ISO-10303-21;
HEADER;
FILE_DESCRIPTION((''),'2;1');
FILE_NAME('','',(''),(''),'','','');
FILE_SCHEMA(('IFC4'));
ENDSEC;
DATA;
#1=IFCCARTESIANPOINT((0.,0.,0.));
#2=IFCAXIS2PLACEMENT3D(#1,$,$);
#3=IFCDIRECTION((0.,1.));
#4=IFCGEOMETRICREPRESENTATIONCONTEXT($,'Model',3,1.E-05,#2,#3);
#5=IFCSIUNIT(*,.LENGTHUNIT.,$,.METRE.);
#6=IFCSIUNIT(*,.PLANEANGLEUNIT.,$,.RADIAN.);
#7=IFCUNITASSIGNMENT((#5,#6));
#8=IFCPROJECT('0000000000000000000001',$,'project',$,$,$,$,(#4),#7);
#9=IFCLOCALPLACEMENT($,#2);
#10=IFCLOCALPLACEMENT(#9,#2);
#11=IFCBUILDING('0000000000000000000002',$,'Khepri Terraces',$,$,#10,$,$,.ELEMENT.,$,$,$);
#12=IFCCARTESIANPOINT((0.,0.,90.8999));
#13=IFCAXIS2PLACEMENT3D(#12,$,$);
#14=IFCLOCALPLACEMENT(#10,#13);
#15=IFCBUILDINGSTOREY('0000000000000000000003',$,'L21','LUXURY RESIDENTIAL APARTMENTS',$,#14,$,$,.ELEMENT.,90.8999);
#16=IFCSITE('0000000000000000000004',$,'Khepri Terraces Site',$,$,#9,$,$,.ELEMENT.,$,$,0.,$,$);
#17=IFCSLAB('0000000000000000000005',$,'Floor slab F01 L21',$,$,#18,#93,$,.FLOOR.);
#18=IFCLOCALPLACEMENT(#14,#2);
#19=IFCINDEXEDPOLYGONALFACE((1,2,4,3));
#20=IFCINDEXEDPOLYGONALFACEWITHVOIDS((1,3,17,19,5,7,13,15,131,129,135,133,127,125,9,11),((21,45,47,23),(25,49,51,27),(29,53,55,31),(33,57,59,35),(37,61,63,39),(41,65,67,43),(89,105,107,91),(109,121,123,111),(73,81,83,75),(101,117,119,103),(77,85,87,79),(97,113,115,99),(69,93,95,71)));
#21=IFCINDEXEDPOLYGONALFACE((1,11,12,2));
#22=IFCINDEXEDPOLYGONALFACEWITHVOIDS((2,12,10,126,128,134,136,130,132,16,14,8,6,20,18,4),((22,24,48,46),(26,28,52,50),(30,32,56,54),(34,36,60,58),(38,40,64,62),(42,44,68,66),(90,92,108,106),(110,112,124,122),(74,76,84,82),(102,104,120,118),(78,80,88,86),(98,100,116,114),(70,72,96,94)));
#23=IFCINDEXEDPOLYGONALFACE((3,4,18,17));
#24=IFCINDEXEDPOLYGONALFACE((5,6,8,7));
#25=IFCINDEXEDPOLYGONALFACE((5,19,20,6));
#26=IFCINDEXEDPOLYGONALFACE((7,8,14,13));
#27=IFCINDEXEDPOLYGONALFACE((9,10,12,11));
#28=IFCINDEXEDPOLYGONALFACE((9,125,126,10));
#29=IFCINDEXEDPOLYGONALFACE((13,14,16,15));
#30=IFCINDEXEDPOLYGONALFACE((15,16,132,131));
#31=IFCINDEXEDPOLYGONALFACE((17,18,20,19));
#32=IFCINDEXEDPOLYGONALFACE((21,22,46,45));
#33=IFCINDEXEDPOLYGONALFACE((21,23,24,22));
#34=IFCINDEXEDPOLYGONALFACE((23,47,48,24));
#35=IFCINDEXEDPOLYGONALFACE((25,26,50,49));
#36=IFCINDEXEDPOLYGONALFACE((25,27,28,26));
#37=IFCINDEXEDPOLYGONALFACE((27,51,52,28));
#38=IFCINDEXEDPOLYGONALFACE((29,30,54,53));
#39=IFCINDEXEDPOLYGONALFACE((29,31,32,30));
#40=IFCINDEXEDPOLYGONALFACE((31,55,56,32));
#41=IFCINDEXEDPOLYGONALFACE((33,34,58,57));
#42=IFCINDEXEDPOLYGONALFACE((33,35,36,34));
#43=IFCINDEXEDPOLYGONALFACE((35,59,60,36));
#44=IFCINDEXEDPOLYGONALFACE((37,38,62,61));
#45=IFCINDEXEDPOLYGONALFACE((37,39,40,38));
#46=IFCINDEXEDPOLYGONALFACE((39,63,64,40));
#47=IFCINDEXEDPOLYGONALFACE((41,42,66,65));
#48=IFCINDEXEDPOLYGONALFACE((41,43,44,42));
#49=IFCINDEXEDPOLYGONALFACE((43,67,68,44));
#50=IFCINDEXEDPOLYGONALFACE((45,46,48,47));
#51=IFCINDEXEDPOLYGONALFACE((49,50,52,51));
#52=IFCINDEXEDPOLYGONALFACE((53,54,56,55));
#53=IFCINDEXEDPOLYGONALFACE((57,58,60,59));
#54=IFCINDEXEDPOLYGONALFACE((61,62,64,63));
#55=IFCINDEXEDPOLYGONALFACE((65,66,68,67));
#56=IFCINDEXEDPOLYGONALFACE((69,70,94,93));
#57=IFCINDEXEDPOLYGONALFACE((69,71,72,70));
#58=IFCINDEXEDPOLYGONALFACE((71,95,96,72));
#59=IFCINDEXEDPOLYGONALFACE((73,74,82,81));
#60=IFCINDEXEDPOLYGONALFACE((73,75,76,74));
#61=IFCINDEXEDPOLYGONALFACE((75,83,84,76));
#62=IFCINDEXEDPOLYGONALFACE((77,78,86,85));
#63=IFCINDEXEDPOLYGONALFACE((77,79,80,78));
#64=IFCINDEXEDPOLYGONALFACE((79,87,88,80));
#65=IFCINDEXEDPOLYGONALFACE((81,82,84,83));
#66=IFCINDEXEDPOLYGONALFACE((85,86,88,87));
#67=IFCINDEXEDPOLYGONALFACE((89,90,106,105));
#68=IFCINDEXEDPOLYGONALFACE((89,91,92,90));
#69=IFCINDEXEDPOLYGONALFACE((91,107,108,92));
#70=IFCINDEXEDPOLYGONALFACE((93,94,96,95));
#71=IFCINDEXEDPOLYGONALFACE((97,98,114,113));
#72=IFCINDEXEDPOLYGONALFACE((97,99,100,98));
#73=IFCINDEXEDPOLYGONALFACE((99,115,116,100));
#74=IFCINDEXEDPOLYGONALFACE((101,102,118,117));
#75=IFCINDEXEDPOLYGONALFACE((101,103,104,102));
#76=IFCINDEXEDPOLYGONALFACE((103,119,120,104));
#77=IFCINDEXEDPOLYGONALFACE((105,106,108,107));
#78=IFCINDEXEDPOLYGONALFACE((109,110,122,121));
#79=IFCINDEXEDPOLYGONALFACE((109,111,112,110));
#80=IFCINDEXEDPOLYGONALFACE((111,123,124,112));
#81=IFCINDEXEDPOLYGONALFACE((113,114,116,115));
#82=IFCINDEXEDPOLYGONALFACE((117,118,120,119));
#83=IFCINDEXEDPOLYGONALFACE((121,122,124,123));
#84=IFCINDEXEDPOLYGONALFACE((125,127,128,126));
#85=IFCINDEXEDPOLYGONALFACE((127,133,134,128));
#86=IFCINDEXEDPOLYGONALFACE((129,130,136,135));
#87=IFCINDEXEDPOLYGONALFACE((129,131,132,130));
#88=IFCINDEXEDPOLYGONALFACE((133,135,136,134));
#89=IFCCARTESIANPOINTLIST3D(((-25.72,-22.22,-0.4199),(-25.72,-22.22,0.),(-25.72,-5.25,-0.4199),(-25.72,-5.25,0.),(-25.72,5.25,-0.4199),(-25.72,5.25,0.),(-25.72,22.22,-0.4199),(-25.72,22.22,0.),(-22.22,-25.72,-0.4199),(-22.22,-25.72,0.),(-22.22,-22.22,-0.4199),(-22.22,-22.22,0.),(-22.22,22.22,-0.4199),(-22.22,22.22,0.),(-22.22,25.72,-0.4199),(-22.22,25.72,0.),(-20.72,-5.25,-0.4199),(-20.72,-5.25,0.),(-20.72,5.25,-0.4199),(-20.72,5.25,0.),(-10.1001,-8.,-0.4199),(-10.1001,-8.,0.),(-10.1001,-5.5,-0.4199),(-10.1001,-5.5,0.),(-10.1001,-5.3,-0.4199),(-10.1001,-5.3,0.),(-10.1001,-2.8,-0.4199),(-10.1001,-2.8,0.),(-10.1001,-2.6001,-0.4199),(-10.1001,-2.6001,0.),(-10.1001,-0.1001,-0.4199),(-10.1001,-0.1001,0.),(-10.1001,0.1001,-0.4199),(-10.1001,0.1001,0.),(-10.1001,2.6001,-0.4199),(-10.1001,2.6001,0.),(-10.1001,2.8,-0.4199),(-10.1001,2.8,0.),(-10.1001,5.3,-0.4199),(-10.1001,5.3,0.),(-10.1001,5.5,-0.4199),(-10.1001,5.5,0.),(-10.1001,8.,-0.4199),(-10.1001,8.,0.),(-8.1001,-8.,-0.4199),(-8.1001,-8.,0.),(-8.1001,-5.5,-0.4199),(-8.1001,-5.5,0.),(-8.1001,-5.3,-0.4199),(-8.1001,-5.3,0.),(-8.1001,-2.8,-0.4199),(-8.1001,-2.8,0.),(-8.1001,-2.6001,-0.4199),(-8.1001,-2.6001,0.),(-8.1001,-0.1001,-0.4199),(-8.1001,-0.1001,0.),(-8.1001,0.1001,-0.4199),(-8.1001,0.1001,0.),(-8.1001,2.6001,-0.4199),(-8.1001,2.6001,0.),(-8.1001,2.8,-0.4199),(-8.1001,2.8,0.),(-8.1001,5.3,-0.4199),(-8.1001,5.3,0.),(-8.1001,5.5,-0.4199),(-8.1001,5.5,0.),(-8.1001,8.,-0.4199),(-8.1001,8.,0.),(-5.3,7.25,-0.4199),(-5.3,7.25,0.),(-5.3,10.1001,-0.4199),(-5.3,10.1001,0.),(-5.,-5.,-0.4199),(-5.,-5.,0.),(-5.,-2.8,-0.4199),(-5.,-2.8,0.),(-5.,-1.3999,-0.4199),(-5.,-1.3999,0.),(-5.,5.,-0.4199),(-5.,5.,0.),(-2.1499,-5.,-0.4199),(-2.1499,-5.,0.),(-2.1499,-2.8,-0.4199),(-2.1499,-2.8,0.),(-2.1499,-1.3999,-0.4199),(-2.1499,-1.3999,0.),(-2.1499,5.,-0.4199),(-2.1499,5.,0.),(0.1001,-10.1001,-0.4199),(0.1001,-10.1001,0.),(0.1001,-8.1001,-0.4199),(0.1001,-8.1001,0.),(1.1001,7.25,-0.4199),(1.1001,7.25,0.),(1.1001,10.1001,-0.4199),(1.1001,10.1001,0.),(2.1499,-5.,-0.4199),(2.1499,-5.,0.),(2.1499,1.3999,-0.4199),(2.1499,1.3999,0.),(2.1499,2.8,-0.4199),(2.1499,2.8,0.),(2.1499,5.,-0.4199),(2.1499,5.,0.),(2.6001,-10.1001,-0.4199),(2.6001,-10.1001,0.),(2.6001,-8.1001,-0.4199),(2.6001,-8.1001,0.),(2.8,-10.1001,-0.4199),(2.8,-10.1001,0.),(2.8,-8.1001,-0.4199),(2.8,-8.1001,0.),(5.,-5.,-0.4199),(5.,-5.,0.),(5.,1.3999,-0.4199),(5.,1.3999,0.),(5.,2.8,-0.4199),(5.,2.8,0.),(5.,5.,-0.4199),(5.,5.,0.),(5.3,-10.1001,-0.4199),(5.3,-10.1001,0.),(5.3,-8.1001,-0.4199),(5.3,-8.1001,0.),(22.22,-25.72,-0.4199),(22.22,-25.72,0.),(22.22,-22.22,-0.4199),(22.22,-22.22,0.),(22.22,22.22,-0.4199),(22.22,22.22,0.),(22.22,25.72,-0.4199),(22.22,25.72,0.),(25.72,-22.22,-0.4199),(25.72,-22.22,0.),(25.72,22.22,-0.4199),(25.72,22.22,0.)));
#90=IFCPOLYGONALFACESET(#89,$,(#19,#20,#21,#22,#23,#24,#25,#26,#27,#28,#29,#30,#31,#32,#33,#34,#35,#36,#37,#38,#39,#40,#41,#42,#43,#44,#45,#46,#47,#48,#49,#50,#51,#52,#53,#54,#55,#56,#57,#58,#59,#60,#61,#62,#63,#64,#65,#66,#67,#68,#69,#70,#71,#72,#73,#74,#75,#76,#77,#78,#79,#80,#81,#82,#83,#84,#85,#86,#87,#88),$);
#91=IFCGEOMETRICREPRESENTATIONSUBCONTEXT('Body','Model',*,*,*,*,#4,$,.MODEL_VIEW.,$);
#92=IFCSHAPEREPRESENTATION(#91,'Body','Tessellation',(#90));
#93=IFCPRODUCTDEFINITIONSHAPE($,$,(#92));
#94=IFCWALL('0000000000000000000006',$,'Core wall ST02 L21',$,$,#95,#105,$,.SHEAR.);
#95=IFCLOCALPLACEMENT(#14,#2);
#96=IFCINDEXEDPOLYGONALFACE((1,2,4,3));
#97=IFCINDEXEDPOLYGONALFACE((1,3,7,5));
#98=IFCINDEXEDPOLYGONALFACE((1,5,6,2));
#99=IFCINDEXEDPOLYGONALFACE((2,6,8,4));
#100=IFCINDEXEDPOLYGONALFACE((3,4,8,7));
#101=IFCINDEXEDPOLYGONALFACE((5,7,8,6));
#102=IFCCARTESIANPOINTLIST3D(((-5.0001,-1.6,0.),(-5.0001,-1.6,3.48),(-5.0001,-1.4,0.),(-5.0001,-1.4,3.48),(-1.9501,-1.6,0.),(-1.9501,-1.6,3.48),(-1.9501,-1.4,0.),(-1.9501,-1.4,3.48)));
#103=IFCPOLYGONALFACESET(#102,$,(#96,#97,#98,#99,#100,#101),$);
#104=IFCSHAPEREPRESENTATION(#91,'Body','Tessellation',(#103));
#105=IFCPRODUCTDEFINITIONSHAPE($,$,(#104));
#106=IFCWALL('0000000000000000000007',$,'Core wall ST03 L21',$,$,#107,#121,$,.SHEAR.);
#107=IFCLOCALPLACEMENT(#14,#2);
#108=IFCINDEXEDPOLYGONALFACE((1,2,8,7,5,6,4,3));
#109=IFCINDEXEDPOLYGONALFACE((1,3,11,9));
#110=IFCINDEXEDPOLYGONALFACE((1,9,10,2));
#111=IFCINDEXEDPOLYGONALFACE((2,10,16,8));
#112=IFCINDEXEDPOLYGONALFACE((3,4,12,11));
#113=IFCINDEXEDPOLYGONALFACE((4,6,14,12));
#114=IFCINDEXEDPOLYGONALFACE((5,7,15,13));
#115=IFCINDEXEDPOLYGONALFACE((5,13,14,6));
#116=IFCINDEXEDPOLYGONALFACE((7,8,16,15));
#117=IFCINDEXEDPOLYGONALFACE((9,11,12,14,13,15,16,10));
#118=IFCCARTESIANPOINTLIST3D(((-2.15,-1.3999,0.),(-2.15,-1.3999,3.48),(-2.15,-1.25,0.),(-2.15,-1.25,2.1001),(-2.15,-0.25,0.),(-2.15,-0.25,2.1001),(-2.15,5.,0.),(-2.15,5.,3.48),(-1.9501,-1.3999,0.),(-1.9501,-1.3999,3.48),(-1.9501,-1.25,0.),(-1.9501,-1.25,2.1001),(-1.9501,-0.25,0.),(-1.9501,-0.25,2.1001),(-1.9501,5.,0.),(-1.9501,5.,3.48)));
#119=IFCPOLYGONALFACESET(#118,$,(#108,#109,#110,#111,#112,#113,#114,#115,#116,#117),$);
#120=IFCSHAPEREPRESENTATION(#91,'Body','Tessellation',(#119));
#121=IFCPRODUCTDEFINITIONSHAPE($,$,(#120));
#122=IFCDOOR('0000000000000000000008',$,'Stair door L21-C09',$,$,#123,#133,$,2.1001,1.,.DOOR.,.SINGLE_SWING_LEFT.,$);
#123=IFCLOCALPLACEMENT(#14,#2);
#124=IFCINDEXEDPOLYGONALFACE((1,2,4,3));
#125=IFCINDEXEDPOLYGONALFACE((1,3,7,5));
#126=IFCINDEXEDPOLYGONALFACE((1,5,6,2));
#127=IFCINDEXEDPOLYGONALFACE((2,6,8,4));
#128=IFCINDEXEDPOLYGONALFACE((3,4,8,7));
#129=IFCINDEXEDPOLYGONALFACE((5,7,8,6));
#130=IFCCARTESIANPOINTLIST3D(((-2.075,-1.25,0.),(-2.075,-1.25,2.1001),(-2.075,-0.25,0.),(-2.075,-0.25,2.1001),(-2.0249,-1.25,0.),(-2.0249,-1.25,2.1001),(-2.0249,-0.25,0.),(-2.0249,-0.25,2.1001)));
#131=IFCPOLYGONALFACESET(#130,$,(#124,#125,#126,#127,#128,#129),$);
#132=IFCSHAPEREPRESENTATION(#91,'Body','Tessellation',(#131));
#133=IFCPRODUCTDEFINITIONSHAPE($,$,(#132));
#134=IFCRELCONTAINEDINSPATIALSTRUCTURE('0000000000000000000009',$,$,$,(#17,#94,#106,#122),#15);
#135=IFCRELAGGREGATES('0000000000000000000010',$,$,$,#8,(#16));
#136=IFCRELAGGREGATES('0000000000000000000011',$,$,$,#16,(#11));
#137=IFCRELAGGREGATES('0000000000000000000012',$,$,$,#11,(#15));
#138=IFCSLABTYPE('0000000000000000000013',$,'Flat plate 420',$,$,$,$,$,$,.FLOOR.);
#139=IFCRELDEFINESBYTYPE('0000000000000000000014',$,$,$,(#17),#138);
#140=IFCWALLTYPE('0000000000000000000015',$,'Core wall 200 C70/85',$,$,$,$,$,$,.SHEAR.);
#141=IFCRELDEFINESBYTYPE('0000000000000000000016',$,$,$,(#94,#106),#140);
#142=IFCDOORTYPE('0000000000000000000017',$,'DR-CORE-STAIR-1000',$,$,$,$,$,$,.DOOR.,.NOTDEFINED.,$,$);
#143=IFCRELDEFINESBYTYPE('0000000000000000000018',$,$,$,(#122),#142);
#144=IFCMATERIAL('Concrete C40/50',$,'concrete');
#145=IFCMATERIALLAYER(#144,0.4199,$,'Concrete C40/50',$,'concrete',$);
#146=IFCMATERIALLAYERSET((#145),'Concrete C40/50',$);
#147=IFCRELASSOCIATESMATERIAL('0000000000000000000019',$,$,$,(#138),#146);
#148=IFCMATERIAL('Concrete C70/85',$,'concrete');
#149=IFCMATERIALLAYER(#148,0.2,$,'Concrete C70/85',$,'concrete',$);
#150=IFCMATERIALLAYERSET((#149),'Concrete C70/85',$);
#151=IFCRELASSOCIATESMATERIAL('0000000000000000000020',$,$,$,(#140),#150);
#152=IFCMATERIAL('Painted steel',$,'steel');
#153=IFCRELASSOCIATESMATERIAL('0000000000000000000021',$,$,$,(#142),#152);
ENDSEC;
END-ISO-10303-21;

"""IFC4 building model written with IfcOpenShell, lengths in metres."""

from ifc_helpers import new_model, si_unit, direction, frame, frame_2d, origin, place, context, subcontext, project, spatial, polyline, rectangle, outline, extrude, material, layer, layer_set, type_object, element, fill, save


model = new_model("IFC4")

# Units and contexts
model_context = context("Model", 3, precision=1e-05, world=origin(), true_north=direction((0.0, 1.0)))
body_context = subcontext(model_context, "Body", "Model", "MODEL_VIEW")
ifc_project = project(units=[si_unit("LENGTHUNIT", "METRE"), si_unit("PLANEANGLEUNIT", "RADIAN")], contexts=[model_context])

# Site, building, storey
site_placement = place(None, origin())
site = spatial("IfcSite", under=ifc_project, at=site_placement, Name="Khepri Terraces Site", CompositionType="ELEMENT", RefElevation=0.0)
building_placement = place(site_placement, origin())
building = spatial("IfcBuilding", under=site, at=building_placement, Name="Khepri Terraces", CompositionType="ELEMENT")
storey_placement = place(building_placement, frame((0.0, 0.0, 90.8999)))
storey = spatial("IfcBuildingStorey", under=building, at=storey_placement, Name="L21", Description="LUXURY RESIDENTIAL APARTMENTS", CompositionType="ELEMENT", Elevation=90.8999)

# Slab
ifc_material_1 = material(Name="Concrete C40/50", Category="concrete")
ifc_layer_1 = layer(ifc_material_1, 0.4199, Name="Concrete C40/50", Category="concrete")
ifc_layer_set_1 = layer_set([ifc_layer_1], Name="Concrete C40/50")
slab_type = type_object("IfcSlabType", Name="Flat plate 420", PredefinedType="FLOOR", material=ifc_layer_set_1)
slab_placement = place(storey_placement, frame((0.0, 0.0, -0.4199)))
element("IfcSlab", 1, at=slab_placement, inside=storey, type_object=slab_type, Name="Floor slab F01 L21", PredefinedType="FLOOR", context=body_context, shape_type="SweptSolid", body=[
    extrude(outline(polyline([(22.22, 22.22), (25.72, 22.22), (25.72, -22.22), (22.22, -22.22), (22.22, -25.72), (-22.22, -25.72), (-22.22, -22.22), (-25.72, -22.22), (-25.72, -5.25), (-20.72, -5.25), (-20.72, 5.25), (-25.72, 5.25), (-25.72, 22.22), (-22.22, 22.22), (-22.22, 25.72), (22.22, 25.72), (22.22, 22.22)]), holes=[polyline([(5.0, 5.0), (2.1499, 5.0), (2.1499, 2.8), (5.0, 2.8), (5.0, 5.0)]), polyline([(-2.1499, -5.0), (-2.1499, -2.8), (-5.0, -2.8), (-5.0, -5.0), (-2.1499, -5.0)]), polyline([(-10.1001, -8.0), (-8.1001, -8.0), (-8.1001, -5.5), (-10.1001, -5.5), (-10.1001, -8.0)]), polyline([(-10.1001, -2.8), (-10.1001, -5.3), (-8.1001, -5.3), (-8.1001, -2.8), (-10.1001, -2.8)]), polyline([(-8.1001, -0.1001), (-10.1001, -0.1001), (-10.1001, -2.6001), (-8.1001, -2.6001), (-8.1001, -0.1001)]), polyline([(-8.1001, 0.1001), (-8.1001, 2.6001), (-10.1001, 2.6001), (-10.1001, 0.1001), (-8.1001, 0.1001)]), polyline([(-10.1001, 2.8), (-8.1001, 2.8), (-8.1001, 5.3), (-10.1001, 5.3), (-10.1001, 2.8)]), polyline([(-10.1001, 8.0), (-10.1001, 5.5), (-8.1001, 5.5), (-8.1001, 8.0), (-10.1001, 8.0)]), polyline([(2.6001, -8.1001), (0.1001, -8.1001), (0.1001, -10.1001), (2.6001, -10.1001), (2.6001, -8.1001)]), polyline([(5.3, -10.1001), (5.3, -8.1001), (2.8, -8.1001), (2.8, -10.1001), (5.3, -10.1001)]), polyline([(-5.0, -1.3999), (-2.1499, -1.3999), (-2.1499, 5.0), (-5.0, 5.0), (-5.0, -1.3999)]), polyline([(5.0, -5.0), (5.0, 1.3999), (2.1499, 1.3999), (2.1499, -5.0), (5.0, -5.0)]), polyline([(-5.3, 10.1001), (-5.3, 7.25), (1.1001, 7.25), (1.1001, 10.1001), (-5.3, 10.1001)])]), origin(), (0.0, 0.0, 1.0), 0.4199),
])

# Wall
ifc_material_2 = material(Name="Concrete C70/85", Category="concrete")
ifc_layer_2 = layer(ifc_material_2, 0.2, Name="Concrete C70/85", Category="concrete")
ifc_layer_set_2 = layer_set([ifc_layer_2], Name="Concrete C70/85")
wall_type_1 = type_object("IfcWallType", Name="Core wall 200 C70/85", PredefinedType="SHEAR", material=ifc_layer_set_2)
wall_1_placement = place(storey_placement, frame((-5.0, -1.5, 0.0), z_axis=(0.0, 0.0, 1.0), x_axis=(1.0, 0.0, 0.0)))
element("IfcWall", 2, at=wall_1_placement, inside=storey, type_object=wall_type_1, Name="Core wall ST02 L21", PredefinedType="SHEAR", context=body_context, shape_type="SweptSolid", body=[
    extrude(rectangle(XDim=3.05, YDim=0.2, at=frame_2d((1.5249, 0.0))), origin(), (0.0, 0.0, 1.0), 3.48),
])

# Wall, opening, door
wall_2_placement = place(storey_placement, frame((-2.05, -1.3999, 0.0), z_axis=(0.0, 0.0, 1.0), x_axis=(0.0, 1.0, 0.0)))
wall_2 = element("IfcWall", 3, at=wall_2_placement, inside=storey, type_object=wall_type_1, Name="Core wall ST03 L21", PredefinedType="SHEAR", context=body_context, shape_type="SweptSolid", body=[
    extrude(rectangle(XDim=6.3999, YDim=0.2, at=frame_2d((3.2, 0.0))), origin(), (0.0, 0.0, 1.0), 3.48),
])
opening_1_placement = place(wall_2_placement, frame((0.1499, 0.0, 0.0)))
opening_1 = element("IfcOpeningElement", 4, at=opening_1_placement, cuts=wall_2, PredefinedType="OPENING", context=body_context, shape_type="SweptSolid", body=[
    extrude(rectangle(XDim=1.0, YDim=2.1001, at=frame_2d((0.5, 1.05))), frame((0.0, 0.1099, 0.0), z_axis=(0.0, -1.0, 0.0), x_axis=(1.0, 0.0, 0.0)), (0.0, 0.0, 1.0), 0.22),
])
ifc_material_3 = material(Name="Painted steel", Category="steel")
door_type_1 = type_object("IfcDoorType", Name="DR-CORE-STAIR-1000", OperationType="NOTDEFINED", PredefinedType="DOOR", material=ifc_material_3)
door_1_placement = place(opening_1_placement, origin())
door_1 = element("IfcDoor", 5, at=door_1_placement, inside=storey, type_object=door_type_1, Name="Stair door L21-C09", OperationType="SINGLE_SWING_LEFT", OverallHeight=2.1001, OverallWidth=1.0, PredefinedType="DOOR", context=body_context, shape_type="SweptSolid", body=[
    extrude(rectangle(XDim=1.0, YDim=2.1001, at=frame_2d((0.5, 1.05))), frame((0.0, 0.0249, 0.0), z_axis=(0.0, -1.0, 0.0), x_axis=(1.0, 0.0, 0.0)), (0.0, 0.0, 1.0), 0.05),
])
fill(opening_1, door_1)

save(model, "model.ifc")
